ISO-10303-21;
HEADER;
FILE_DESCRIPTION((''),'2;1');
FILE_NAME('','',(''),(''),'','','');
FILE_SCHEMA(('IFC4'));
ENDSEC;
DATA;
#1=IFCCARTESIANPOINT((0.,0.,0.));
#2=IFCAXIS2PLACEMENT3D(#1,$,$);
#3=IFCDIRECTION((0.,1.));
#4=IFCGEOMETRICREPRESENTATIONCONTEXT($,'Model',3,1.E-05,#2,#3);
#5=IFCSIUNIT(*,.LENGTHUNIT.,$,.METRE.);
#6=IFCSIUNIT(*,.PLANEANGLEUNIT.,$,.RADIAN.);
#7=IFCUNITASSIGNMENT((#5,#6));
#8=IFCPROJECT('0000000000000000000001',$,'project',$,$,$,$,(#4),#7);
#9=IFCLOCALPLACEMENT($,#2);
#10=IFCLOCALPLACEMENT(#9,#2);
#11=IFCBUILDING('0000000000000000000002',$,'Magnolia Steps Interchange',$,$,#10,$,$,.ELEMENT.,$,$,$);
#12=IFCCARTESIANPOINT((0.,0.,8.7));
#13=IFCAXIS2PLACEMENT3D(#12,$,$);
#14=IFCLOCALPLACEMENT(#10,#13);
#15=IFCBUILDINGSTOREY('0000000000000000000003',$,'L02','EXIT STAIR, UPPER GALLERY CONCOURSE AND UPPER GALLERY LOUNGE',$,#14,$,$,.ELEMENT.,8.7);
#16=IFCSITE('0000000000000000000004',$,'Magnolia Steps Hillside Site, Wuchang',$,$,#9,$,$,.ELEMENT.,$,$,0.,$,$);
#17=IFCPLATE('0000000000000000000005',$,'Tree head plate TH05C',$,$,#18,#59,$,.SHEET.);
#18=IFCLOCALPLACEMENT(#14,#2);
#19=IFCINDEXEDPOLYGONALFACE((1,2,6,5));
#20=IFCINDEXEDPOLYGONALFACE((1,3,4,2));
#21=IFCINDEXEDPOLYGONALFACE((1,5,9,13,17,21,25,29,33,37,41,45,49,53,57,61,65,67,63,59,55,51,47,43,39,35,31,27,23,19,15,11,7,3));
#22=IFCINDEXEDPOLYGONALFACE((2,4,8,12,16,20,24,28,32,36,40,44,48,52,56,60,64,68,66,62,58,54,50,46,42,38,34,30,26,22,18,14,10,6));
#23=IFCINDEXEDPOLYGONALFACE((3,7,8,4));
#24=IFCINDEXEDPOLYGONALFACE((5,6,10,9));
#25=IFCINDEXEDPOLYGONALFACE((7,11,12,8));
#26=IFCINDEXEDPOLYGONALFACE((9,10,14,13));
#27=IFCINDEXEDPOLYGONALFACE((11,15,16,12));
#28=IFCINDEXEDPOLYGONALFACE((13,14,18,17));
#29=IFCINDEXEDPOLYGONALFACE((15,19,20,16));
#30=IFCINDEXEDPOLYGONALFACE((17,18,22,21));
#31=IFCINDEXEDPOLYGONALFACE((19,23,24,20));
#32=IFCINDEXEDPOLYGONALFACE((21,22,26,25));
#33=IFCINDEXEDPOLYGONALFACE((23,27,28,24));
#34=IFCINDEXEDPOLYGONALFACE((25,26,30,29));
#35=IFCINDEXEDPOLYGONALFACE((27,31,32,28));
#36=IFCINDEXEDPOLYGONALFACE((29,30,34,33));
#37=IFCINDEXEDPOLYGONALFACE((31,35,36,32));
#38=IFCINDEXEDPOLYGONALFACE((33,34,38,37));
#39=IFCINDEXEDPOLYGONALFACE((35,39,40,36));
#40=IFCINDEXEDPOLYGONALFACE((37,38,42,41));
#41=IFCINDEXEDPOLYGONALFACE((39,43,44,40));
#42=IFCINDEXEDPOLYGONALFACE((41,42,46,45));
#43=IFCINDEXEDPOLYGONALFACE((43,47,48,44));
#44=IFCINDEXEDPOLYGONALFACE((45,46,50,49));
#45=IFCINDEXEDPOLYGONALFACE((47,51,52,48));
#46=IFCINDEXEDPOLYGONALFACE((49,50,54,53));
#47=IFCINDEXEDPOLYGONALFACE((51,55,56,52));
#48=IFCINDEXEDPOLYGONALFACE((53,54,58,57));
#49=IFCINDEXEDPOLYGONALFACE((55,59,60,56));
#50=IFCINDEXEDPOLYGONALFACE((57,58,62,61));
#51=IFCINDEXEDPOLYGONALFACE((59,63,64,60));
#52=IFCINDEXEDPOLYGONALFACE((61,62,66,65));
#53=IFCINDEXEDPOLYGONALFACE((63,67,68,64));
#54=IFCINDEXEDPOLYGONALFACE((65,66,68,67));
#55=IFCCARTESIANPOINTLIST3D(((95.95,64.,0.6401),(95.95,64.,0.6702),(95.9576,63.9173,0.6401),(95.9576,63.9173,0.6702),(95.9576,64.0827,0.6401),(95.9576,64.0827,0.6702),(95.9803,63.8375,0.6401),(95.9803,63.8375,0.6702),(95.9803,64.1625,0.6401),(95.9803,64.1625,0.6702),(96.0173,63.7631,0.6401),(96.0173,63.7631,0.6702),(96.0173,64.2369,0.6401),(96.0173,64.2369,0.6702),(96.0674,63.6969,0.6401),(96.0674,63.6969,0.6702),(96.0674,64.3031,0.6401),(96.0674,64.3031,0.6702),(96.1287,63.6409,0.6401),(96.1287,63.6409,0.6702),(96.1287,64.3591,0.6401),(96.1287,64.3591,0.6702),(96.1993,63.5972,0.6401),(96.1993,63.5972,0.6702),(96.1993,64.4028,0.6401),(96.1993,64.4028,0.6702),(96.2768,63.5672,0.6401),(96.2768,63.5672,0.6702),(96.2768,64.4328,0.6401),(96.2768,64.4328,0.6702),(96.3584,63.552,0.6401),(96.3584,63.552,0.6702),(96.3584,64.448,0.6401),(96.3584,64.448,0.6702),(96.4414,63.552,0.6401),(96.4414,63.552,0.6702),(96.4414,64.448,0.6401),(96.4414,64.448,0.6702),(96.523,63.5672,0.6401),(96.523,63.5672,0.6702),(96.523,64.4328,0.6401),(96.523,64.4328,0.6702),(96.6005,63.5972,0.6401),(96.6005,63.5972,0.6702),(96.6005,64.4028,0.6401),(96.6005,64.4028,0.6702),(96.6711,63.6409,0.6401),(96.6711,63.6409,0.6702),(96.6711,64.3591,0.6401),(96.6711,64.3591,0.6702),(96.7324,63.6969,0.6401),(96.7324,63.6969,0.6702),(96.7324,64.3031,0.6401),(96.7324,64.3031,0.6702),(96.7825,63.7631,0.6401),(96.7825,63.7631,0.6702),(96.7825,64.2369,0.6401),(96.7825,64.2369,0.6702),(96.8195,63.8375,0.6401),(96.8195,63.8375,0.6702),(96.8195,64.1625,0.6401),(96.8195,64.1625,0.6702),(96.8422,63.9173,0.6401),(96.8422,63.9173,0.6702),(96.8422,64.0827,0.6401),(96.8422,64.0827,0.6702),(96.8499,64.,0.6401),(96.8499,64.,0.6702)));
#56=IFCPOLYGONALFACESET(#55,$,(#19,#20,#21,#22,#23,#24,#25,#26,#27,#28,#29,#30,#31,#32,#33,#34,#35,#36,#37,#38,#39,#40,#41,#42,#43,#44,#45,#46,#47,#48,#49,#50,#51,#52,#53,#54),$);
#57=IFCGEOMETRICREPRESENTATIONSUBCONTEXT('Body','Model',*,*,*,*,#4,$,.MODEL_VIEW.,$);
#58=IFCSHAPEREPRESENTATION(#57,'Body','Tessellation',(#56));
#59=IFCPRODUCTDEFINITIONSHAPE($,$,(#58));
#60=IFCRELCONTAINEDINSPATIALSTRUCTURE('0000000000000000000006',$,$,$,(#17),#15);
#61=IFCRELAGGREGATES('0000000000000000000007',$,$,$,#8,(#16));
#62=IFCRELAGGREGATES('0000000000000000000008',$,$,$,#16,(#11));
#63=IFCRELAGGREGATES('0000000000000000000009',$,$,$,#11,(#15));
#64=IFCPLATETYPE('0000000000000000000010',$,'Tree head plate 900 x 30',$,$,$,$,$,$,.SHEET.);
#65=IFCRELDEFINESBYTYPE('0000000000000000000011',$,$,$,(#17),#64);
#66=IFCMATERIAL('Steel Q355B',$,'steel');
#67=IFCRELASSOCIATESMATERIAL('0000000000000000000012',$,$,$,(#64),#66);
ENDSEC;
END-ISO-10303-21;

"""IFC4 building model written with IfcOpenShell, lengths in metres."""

from ifc_helpers import new_model, si_unit, direction, frame, origin, origin_2d, place, context, subcontext, project, spatial, circle, extrude, material, material_profile, profile_set, type_object, element, save


model = new_model("IFC4")

# Units and contexts
model_context = context("Model", 3, precision=1e-05, world=origin(), true_north=direction((0.0, 1.0)))
body_context = subcontext(model_context, "Body", "Model", "MODEL_VIEW")
ifc_project = project(units=[si_unit("LENGTHUNIT", "METRE"), si_unit("PLANEANGLEUNIT", "RADIAN")], contexts=[model_context])

# Site, building, storey
site_placement = place(None, origin())
site = spatial("IfcSite", under=ifc_project, at=site_placement, Name="Magnolia Steps Hillside Site, Wuchang", CompositionType="ELEMENT", RefElevation=0.0)
building_placement = place(site_placement, origin())
building = spatial("IfcBuilding", under=site, at=building_placement, Name="Magnolia Steps Interchange", CompositionType="ELEMENT")
storey_placement = place(building_placement, frame((0.0, 0.0, 8.7)))
storey = spatial("IfcBuildingStorey", under=building, at=storey_placement, Name="L02", Description="EXIT STAIR, UPPER GALLERY CONCOURSE AND UPPER GALLERY LOUNGE", CompositionType="ELEMENT", Elevation=8.7)

# Plate
ifc_material_1 = material(Name="Steel Q355B", Category="steel")
ifc_material_profile_1 = material_profile(ifc_material_1, circle(Radius=0.45, at=origin_2d()), Name="Tree head plate 900 x 30")
ifc_profile_set_1 = profile_set([ifc_material_profile_1], Name="Steel Q355B")
plate_type = type_object("IfcPlateType", Name="Tree head plate 900 x 30", PredefinedType="SHEET", material=ifc_profile_set_1)
plate_placement = place(storey_placement, frame((96.3999, 64.0, 0.6401), z_axis=(0.0, 0.0, 1.0), x_axis=(1.0, 0.0, 0.0)))
element("IfcPlate", 1, at=plate_placement, inside=storey, type_object=plate_type, Name="Tree head plate TH05C", PredefinedType="SHEET", context=body_context, shape_type="SweptSolid", body=[
    extrude(circle(Radius=0.45, at=origin_2d()), origin(), (0.0, 0.0, 1.0), 0.03),
])

save(model, "model.ifc")
